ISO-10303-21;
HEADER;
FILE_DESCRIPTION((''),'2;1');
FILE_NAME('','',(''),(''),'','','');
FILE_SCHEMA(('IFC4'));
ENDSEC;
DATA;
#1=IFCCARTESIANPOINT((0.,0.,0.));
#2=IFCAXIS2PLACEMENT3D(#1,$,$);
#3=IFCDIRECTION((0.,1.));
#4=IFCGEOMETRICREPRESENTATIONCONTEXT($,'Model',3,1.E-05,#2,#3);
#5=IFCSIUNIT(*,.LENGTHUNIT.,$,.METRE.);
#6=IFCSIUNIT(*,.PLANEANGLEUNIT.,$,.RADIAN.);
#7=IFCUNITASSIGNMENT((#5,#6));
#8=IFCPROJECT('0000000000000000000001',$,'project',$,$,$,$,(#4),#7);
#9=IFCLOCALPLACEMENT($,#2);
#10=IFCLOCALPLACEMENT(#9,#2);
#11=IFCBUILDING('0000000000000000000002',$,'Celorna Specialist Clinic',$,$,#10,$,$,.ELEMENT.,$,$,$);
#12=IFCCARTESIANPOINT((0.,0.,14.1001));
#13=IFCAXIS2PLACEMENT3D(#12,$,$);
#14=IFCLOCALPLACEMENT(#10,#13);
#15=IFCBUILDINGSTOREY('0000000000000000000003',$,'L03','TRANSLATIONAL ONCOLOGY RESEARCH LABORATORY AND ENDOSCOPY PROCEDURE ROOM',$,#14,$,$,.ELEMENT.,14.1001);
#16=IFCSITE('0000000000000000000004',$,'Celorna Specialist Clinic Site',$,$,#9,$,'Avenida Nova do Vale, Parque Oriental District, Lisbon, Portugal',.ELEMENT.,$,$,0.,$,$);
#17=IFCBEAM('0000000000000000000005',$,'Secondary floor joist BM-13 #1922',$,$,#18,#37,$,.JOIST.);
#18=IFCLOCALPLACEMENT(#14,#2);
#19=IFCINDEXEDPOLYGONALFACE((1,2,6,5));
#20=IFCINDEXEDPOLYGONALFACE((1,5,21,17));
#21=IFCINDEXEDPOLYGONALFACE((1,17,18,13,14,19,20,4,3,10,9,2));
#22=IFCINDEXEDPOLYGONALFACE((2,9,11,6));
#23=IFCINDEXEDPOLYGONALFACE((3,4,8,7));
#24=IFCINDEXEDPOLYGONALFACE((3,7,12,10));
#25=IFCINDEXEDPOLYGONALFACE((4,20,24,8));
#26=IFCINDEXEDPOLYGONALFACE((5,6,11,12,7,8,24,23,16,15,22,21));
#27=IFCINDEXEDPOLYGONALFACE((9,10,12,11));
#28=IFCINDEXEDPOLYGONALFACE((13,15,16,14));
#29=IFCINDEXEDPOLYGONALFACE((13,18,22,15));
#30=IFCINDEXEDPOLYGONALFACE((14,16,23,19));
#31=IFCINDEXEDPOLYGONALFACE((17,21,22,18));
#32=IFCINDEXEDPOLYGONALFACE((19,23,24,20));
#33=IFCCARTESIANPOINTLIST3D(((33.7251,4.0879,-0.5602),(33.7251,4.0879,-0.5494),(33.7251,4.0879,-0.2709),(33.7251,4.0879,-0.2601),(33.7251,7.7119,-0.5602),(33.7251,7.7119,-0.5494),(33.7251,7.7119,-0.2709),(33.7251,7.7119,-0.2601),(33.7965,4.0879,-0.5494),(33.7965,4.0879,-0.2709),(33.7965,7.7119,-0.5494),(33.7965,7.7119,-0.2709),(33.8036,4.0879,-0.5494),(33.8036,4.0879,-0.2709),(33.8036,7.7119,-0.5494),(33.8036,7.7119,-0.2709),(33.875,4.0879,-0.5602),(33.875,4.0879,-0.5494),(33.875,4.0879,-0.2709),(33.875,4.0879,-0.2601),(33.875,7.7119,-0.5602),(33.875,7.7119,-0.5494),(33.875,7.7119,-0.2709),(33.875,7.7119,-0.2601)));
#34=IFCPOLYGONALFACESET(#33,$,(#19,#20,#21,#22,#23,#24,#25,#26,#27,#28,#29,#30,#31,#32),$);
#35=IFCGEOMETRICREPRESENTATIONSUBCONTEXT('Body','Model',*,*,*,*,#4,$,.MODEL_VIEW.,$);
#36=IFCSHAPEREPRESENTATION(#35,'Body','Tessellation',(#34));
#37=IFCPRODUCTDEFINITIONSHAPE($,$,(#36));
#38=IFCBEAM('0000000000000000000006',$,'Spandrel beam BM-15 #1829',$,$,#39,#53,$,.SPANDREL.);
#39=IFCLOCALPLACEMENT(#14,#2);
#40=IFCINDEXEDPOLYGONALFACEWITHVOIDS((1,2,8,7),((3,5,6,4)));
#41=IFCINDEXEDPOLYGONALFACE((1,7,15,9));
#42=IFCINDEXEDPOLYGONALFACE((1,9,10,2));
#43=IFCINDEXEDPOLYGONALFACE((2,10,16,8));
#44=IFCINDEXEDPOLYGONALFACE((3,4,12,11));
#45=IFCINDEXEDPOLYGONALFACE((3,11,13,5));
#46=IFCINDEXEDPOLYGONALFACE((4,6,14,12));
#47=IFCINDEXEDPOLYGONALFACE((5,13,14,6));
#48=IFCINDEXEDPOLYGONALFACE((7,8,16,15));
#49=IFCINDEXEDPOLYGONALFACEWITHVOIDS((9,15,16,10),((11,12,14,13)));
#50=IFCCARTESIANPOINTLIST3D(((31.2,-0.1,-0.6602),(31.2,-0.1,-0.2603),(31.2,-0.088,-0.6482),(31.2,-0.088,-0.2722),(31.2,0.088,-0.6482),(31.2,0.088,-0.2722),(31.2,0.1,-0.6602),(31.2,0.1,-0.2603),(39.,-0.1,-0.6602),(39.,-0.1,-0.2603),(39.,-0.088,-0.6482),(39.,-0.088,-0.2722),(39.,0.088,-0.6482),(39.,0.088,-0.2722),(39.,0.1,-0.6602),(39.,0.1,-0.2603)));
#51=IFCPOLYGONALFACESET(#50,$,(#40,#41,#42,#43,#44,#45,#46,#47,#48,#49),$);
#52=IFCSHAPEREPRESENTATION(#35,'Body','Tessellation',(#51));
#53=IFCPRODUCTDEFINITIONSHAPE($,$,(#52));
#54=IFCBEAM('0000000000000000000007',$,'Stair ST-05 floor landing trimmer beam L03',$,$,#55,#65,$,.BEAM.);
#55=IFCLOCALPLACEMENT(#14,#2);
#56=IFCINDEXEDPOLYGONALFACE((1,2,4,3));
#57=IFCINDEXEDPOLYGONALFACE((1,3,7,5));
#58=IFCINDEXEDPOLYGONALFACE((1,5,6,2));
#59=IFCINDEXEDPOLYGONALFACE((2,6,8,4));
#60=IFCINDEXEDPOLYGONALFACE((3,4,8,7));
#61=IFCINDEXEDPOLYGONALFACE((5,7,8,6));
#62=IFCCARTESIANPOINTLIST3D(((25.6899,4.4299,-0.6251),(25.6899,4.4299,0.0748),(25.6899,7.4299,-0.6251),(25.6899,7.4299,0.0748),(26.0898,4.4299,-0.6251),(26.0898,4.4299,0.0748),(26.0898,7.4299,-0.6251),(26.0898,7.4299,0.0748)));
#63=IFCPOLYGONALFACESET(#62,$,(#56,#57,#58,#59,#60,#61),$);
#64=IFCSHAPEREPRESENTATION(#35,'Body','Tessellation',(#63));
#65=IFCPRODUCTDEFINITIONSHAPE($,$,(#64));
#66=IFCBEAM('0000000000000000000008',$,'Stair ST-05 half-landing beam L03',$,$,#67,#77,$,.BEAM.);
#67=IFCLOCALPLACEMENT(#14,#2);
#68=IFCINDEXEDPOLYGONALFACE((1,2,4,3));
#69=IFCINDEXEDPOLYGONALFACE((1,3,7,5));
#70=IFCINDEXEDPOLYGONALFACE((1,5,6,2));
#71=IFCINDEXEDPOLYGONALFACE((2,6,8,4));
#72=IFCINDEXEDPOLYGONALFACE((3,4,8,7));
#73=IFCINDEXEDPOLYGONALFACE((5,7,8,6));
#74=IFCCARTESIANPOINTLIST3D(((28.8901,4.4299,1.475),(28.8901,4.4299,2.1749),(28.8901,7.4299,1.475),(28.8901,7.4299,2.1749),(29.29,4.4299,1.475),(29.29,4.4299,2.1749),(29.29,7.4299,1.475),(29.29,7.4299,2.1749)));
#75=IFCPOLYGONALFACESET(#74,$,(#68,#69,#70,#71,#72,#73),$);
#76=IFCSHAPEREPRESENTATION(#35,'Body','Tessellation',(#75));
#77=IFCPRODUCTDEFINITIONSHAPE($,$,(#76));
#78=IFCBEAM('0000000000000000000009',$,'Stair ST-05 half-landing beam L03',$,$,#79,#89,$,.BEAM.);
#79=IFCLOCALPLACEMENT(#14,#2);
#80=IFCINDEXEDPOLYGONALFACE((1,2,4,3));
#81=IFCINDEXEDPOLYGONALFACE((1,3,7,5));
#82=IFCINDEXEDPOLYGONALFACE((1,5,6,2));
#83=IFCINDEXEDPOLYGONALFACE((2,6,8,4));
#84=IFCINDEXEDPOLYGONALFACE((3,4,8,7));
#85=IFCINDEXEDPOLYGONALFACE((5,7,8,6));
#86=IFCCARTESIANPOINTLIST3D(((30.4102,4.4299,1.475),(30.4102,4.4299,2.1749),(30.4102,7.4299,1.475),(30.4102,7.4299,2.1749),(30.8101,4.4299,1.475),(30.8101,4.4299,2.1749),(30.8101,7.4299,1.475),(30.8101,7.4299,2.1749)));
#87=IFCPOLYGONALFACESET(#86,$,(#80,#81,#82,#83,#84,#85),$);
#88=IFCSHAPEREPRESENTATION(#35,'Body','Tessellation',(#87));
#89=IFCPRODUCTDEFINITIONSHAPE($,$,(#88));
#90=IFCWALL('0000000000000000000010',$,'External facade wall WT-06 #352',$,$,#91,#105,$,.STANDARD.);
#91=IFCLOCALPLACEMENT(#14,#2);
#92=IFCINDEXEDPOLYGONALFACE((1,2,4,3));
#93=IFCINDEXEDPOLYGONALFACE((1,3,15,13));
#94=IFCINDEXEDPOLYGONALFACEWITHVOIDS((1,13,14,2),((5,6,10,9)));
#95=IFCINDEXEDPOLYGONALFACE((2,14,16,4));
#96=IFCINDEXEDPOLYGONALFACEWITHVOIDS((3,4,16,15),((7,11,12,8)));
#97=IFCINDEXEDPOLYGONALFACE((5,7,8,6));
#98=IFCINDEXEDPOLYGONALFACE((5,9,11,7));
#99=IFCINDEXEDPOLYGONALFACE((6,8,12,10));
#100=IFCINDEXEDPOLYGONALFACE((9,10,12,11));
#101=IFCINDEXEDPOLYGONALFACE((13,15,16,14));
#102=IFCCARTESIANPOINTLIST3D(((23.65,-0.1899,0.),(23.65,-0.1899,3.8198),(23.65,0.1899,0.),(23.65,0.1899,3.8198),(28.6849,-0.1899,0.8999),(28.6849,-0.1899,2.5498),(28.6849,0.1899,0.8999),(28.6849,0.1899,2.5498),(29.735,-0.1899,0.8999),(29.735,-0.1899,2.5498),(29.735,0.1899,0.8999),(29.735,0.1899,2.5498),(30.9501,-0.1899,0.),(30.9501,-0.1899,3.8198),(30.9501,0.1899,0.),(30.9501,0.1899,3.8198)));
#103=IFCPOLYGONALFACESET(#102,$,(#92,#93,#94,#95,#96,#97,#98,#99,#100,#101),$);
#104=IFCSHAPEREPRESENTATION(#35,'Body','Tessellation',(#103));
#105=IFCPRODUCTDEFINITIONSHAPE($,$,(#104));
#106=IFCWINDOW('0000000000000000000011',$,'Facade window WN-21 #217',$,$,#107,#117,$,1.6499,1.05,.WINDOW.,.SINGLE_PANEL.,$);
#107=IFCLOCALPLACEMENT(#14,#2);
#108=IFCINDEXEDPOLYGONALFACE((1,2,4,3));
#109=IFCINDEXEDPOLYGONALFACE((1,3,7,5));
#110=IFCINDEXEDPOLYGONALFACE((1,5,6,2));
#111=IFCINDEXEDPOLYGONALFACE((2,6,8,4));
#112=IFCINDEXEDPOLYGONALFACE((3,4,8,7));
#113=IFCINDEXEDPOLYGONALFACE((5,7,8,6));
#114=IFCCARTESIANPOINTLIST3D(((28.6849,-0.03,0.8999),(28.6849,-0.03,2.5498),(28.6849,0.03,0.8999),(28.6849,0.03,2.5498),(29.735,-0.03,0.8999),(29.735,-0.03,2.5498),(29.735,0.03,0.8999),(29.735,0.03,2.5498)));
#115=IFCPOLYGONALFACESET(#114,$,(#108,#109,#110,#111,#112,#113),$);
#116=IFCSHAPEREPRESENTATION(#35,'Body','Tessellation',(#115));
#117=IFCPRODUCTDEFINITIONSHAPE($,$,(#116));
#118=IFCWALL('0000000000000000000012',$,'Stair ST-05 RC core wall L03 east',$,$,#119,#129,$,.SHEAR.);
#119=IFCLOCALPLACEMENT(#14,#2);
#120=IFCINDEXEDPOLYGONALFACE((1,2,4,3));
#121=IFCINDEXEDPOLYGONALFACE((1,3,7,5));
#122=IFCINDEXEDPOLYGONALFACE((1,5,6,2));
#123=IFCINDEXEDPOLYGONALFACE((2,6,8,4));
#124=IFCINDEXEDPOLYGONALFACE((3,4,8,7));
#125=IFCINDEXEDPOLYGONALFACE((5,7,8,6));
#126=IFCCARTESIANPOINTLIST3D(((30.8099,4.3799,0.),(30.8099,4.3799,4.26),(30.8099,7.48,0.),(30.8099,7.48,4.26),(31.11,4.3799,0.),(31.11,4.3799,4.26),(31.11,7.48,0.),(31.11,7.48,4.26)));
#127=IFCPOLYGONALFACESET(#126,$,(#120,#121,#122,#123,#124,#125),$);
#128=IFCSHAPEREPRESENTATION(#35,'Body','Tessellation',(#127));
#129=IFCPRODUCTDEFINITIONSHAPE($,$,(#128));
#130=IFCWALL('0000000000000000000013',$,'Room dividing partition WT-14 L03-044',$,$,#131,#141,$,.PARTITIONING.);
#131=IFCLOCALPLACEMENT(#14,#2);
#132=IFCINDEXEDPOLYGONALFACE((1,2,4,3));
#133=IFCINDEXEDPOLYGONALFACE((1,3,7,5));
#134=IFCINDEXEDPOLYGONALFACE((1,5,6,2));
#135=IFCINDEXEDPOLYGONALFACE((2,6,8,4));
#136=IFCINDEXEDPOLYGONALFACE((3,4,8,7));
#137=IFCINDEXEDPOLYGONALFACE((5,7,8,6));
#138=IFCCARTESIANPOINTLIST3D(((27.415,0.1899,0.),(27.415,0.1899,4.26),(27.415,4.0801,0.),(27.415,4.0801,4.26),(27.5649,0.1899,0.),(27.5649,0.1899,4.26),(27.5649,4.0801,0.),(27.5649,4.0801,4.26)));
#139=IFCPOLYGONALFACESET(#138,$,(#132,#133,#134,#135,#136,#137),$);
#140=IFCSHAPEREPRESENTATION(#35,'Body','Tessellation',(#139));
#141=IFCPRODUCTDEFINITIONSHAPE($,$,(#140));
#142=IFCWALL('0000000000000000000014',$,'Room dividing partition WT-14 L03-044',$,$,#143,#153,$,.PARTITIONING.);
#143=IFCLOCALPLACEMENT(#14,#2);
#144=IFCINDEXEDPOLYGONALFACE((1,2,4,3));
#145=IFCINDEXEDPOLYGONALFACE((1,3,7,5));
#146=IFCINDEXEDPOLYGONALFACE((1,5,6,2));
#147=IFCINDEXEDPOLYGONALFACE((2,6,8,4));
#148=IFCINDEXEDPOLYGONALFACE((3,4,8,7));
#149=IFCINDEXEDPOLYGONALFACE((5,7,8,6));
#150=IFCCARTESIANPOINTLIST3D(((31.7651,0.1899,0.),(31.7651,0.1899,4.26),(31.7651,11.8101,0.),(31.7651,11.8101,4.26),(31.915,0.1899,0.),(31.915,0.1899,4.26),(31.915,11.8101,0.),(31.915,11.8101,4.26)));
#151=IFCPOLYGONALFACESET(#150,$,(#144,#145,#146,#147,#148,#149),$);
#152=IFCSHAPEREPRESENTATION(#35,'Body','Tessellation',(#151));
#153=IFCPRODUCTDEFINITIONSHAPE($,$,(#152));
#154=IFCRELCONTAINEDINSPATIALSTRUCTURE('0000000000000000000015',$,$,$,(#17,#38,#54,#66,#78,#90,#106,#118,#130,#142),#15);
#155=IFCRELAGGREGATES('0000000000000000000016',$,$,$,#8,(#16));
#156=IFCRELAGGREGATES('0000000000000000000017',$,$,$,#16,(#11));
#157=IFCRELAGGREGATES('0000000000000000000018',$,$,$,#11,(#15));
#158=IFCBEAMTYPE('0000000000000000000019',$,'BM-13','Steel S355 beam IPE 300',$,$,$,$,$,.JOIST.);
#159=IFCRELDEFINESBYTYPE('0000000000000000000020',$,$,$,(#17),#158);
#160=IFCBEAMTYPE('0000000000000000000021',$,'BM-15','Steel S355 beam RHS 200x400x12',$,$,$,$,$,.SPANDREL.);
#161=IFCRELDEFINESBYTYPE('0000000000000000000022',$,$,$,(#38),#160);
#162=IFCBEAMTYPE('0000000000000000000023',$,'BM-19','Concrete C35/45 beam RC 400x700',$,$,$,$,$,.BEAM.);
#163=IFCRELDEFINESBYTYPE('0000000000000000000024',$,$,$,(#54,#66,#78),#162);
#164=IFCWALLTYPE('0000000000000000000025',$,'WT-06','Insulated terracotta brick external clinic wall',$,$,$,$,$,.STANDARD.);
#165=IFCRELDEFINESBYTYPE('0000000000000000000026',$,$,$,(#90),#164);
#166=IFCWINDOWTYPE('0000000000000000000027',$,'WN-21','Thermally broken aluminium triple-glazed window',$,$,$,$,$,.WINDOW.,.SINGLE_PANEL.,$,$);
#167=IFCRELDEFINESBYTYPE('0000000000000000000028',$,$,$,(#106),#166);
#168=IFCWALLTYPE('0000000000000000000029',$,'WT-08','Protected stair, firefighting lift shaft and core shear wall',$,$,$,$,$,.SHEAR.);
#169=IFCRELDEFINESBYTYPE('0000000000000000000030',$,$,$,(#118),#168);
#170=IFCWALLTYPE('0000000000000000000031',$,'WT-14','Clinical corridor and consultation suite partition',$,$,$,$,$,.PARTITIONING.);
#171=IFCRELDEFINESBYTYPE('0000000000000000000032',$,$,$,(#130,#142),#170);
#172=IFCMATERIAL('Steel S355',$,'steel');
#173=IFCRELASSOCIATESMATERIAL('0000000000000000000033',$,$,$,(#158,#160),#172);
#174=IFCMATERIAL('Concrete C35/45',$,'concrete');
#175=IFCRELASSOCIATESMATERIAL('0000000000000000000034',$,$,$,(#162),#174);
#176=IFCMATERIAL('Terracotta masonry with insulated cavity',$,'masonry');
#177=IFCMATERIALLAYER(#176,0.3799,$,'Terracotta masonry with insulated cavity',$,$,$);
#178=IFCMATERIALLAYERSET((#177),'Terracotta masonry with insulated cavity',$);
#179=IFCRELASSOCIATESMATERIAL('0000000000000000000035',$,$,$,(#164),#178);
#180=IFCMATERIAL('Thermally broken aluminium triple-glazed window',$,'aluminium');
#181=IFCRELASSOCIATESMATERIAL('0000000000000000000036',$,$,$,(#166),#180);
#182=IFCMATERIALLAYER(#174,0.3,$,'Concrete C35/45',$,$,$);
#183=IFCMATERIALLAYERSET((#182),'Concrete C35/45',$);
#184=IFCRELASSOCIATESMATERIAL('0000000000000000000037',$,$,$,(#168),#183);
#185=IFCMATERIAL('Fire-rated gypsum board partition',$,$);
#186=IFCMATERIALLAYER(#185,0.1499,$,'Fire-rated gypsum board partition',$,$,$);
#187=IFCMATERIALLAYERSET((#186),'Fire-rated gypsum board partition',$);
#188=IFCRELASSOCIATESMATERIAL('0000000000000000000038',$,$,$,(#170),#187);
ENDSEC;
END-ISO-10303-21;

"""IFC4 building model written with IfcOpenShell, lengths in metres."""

from ifc_helpers import new_model, si_unit, direction, frame, frame_2d, origin, origin_2d, place, context, subcontext, project, spatial, rectangle, hollow_rectangle, i_section, extrude, material, layer, layer_set, material_profile, profile_set, type_object, element, fill, save


model = new_model("IFC4")

# Units and contexts
model_context = context("Model", 3, precision=1e-05, world=origin(), true_north=direction((0.0, 1.0)))
body_context = subcontext(model_context, "Body", "Model", "MODEL_VIEW")
ifc_project = project(units=[si_unit("LENGTHUNIT", "METRE"), si_unit("PLANEANGLEUNIT", "RADIAN")], contexts=[model_context])

# Site, building, storey
site_placement = place(None, origin())
site = spatial("IfcSite", under=ifc_project, at=site_placement, Name="Celorna Specialist Clinic Site", LongName="Avenida Nova do Vale, Parque Oriental District, Lisbon, Portugal", CompositionType="ELEMENT", RefElevation=0.0)
building_placement = place(site_placement, origin())
building = spatial("IfcBuilding", under=site, at=building_placement, Name="Celorna Specialist Clinic", CompositionType="ELEMENT")
storey_placement = place(building_placement, frame((0.0, 0.0, 14.1001)))
storey = spatial("IfcBuildingStorey", under=building, at=storey_placement, Name="L03", Description="TRANSLATIONAL ONCOLOGY RESEARCH LABORATORY AND ENDOSCOPY PROCEDURE ROOM", CompositionType="ELEMENT", Elevation=14.1001)

# Shared definitions
ifc_material_1 = material(Name="Concrete C35/45", Category="concrete")

# Beams
ifc_material_2 = material(Name="Steel S355", Category="steel")
ifc_material_profile_1 = material_profile(ifc_material_2, i_section(OverallWidth=0.1499, OverallDepth=0.3, WebThickness=0.0071, FlangeThickness=0.0107, at=origin_2d()), Name="IPE 300")
ifc_profile_set_1 = profile_set([ifc_material_profile_1], Name="Steel S355")
beam_type_1 = type_object("IfcBeamType", Name="BM-13", Description="Steel S355 beam IPE 300", PredefinedType="JOIST", material=ifc_profile_set_1)
beam_1_placement = place(storey_placement, frame((33.8, 4.0879, -0.4102), z_axis=(0.0, 1.0, 0.0), x_axis=(-1.0, 0.0, 0.0)))
element("IfcBeam", 1, at=beam_1_placement, inside=storey, type_object=beam_type_1, Name="Secondary floor joist BM-13 #1922", PredefinedType="JOIST", context=body_context, shape_type="SweptSolid", body=[
    extrude(i_section(OverallWidth=0.1499, OverallDepth=0.3, WebThickness=0.0071, FlangeThickness=0.0107, at=origin_2d()), origin(), (0.0, 0.0, 1.0), 3.624),
])
ifc_material_profile_2 = material_profile(ifc_material_2, hollow_rectangle(XDim=0.2, YDim=0.3999, WallThickness=0.012, at=origin_2d()), Name="RHS 200x400x12")
ifc_profile_set_2 = profile_set([ifc_material_profile_2], Name="Steel S355")
beam_type_2 = type_object("IfcBeamType", Name="BM-15", Description="Steel S355 beam RHS 200x400x12", PredefinedType="SPANDREL", material=ifc_profile_set_2)
beam_2_placement = place(storey_placement, frame((31.2, 0.0, -0.4602), z_axis=(1.0, 0.0, 0.0), x_axis=(0.0, 1.0, 0.0)))
element("IfcBeam", 2, at=beam_2_placement, inside=storey, type_object=beam_type_2, Name="Spandrel beam BM-15 #1829", PredefinedType="SPANDREL", context=body_context, shape_type="SweptSolid", body=[
    extrude(hollow_rectangle(XDim=0.2, YDim=0.3999, WallThickness=0.012, at=origin_2d()), origin(), (0.0, 0.0, 1.0), 7.8),
])
ifc_material_profile_3 = material_profile(ifc_material_1, rectangle(XDim=0.3999, YDim=0.7, at=origin_2d()), Name="RC 400x700")
ifc_profile_set_3 = profile_set([ifc_material_profile_3], Name="Concrete C35/45")
beam_type_3 = type_object("IfcBeamType", Name="BM-19", Description="Concrete C35/45 beam RC 400x700", PredefinedType="BEAM", material=ifc_profile_set_3)
for number, where, z_axis, x_axis, name in (
    (3, (25.8899, 4.4299, -0.2751), (0.0, 1.0, 0.0), (-1.0, 0.0, 0.0), "Stair ST-05 floor landing trimmer beam L03"),
    (4, (29.0901, 4.4299, 1.825), (0.0, 1.0, 0.0), (-1.0, 0.0, 0.0), "Stair ST-05 half-landing beam L03"),
    (5, (30.6101, 4.4299, 1.825), (0.0, 1.0, 0.0), (-1.0, 0.0, 0.0), "Stair ST-05 half-landing beam L03"),
):
    element("IfcBeam", number, at=place(storey_placement, frame(where, z_axis=z_axis, x_axis=x_axis)), inside=storey, type_object=beam_type_3, Name=name, PredefinedType="BEAM", context=body_context, shape_type="SweptSolid", body=[
        extrude(rectangle(XDim=0.3999, YDim=0.7, at=origin_2d()), origin(), (0.0, 0.0, 1.0), 3.0),
    ])

# Wall, opening, window
ifc_material_3 = material(Name="Terracotta masonry with insulated cavity", Category="masonry")
ifc_layer_1 = layer(ifc_material_3, 0.3799, Name="Terracotta masonry with insulated cavity")
ifc_layer_set_1 = layer_set([ifc_layer_1], Name="Terracotta masonry with insulated cavity")
wall_type_1 = type_object("IfcWallType", Name="WT-06", Description="Insulated terracotta brick external clinic wall", PredefinedType="STANDARD", material=ifc_layer_set_1)
wall_1_placement = place(storey_placement, frame((30.95, 0.0, 0.0), z_axis=(0.0, 0.0, 1.0), x_axis=(-1.0, 0.0, 0.0)))
wall_1 = element("IfcWall", 6, at=wall_1_placement, inside=storey, type_object=wall_type_1, Name="External facade wall WT-06 #352", PredefinedType="STANDARD", context=body_context, shape_type="SweptSolid", body=[
    extrude(rectangle(XDim=7.3, YDim=0.3799, at=frame_2d((3.6499, 0.0))), origin(), (0.0, 0.0, 1.0), 3.8198),
])
opening_placement = place(wall_1_placement, frame((1.2151, 0.0, 0.8999)))
opening = element("IfcOpeningElement", 7, at=opening_placement, cuts=wall_1, PredefinedType="OPENING", context=body_context, shape_type="SweptSolid", body=[
    extrude(rectangle(XDim=1.05, YDim=1.6499, at=frame_2d((0.5249, 0.825))), frame((0.0, 0.2, 0.0), z_axis=(0.0, -1.0, 0.0), x_axis=(1.0, 0.0, 0.0)), (0.0, 0.0, 1.0), 0.3999),
])
ifc_material_4 = material(Name="Thermally broken aluminium triple-glazed window", Category="aluminium")
window_type = type_object("IfcWindowType", Name="WN-21", Description="Thermally broken aluminium triple-glazed window", PartitioningType="SINGLE_PANEL", PredefinedType="WINDOW", material=ifc_material_4)
window_placement = place(opening_placement, origin())
window = element("IfcWindow", 8, at=window_placement, inside=storey, type_object=window_type, Name="Facade window WN-21 #217", OverallHeight=1.6499, OverallWidth=1.05, PartitioningType="SINGLE_PANEL", PredefinedType="WINDOW", context=body_context, shape_type="SweptSolid", body=[
    extrude(rectangle(XDim=1.05, YDim=1.6499, at=frame_2d((0.5249, 0.825))), frame((0.0, 0.03, 0.0), z_axis=(0.0, -1.0, 0.0), x_axis=(1.0, 0.0, 0.0)), (0.0, 0.0, 1.0), 0.0601),
])
fill(opening, window)

# Walls
ifc_layer_2 = layer(ifc_material_1, 0.3, Name="Concrete C35/45")
ifc_layer_set_2 = layer_set([ifc_layer_2], Name="Concrete C35/45")
wall_type_2 = type_object("IfcWallType", Name="WT-08", Description="Protected stair, firefighting lift shaft and core shear wall", PredefinedType="SHEAR", material=ifc_layer_set_2)
wall_2_placement = place(storey_placement, frame((30.96, 4.3799, 0.0), z_axis=(0.0, 0.0, 1.0), x_axis=(0.0, 1.0, 0.0)))
element("IfcWall", 9, at=wall_2_placement, inside=storey, type_object=wall_type_2, Name="Stair ST-05 RC core wall L03 east", PredefinedType="SHEAR", context=body_context, shape_type="SweptSolid", body=[
    extrude(rectangle(XDim=3.1001, YDim=0.3, at=frame_2d((1.55, 0.0))), origin(), (0.0, 0.0, 1.0), 4.26),
])
ifc_material_5 = material(Name="Fire-rated gypsum board partition")
ifc_layer_3 = layer(ifc_material_5, 0.1499, Name="Fire-rated gypsum board partition")
ifc_layer_set_3 = layer_set([ifc_layer_3], Name="Fire-rated gypsum board partition")
wall_type_3 = type_object("IfcWallType", Name="WT-14", Description="Clinical corridor and consultation suite partition", PredefinedType="PARTITIONING", material=ifc_layer_set_3)
wall_3_placement = place(storey_placement, frame((27.49, 0.1899, 0.0), z_axis=(0.0, 0.0, 1.0), x_axis=(0.0, 1.0, 0.0)))
element("IfcWall", 10, at=wall_3_placement, inside=storey, type_object=wall_type_3, Name="Room dividing partition WT-14 L03-044", PredefinedType="PARTITIONING", context=body_context, shape_type="SweptSolid", body=[
    extrude(rectangle(XDim=3.8901, YDim=0.1499, at=frame_2d((1.9451, 0.0))), origin(), (0.0, 0.0, 1.0), 4.26),
])
wall_4_placement = place(storey_placement, frame((31.8401, 0.1899, 0.0), z_axis=(0.0, 0.0, 1.0), x_axis=(0.0, 1.0, 0.0)))
element("IfcWall", 11, at=wall_4_placement, inside=storey, type_object=wall_type_3, Name="Room dividing partition WT-14 L03-044", PredefinedType="PARTITIONING", context=body_context, shape_type="SweptSolid", body=[
    extrude(rectangle(XDim=11.6201, YDim=0.1499, at=frame_2d((5.8101, 0.0))), origin(), (0.0, 0.0, 1.0), 4.26),
])

save(model, "model.ifc")
